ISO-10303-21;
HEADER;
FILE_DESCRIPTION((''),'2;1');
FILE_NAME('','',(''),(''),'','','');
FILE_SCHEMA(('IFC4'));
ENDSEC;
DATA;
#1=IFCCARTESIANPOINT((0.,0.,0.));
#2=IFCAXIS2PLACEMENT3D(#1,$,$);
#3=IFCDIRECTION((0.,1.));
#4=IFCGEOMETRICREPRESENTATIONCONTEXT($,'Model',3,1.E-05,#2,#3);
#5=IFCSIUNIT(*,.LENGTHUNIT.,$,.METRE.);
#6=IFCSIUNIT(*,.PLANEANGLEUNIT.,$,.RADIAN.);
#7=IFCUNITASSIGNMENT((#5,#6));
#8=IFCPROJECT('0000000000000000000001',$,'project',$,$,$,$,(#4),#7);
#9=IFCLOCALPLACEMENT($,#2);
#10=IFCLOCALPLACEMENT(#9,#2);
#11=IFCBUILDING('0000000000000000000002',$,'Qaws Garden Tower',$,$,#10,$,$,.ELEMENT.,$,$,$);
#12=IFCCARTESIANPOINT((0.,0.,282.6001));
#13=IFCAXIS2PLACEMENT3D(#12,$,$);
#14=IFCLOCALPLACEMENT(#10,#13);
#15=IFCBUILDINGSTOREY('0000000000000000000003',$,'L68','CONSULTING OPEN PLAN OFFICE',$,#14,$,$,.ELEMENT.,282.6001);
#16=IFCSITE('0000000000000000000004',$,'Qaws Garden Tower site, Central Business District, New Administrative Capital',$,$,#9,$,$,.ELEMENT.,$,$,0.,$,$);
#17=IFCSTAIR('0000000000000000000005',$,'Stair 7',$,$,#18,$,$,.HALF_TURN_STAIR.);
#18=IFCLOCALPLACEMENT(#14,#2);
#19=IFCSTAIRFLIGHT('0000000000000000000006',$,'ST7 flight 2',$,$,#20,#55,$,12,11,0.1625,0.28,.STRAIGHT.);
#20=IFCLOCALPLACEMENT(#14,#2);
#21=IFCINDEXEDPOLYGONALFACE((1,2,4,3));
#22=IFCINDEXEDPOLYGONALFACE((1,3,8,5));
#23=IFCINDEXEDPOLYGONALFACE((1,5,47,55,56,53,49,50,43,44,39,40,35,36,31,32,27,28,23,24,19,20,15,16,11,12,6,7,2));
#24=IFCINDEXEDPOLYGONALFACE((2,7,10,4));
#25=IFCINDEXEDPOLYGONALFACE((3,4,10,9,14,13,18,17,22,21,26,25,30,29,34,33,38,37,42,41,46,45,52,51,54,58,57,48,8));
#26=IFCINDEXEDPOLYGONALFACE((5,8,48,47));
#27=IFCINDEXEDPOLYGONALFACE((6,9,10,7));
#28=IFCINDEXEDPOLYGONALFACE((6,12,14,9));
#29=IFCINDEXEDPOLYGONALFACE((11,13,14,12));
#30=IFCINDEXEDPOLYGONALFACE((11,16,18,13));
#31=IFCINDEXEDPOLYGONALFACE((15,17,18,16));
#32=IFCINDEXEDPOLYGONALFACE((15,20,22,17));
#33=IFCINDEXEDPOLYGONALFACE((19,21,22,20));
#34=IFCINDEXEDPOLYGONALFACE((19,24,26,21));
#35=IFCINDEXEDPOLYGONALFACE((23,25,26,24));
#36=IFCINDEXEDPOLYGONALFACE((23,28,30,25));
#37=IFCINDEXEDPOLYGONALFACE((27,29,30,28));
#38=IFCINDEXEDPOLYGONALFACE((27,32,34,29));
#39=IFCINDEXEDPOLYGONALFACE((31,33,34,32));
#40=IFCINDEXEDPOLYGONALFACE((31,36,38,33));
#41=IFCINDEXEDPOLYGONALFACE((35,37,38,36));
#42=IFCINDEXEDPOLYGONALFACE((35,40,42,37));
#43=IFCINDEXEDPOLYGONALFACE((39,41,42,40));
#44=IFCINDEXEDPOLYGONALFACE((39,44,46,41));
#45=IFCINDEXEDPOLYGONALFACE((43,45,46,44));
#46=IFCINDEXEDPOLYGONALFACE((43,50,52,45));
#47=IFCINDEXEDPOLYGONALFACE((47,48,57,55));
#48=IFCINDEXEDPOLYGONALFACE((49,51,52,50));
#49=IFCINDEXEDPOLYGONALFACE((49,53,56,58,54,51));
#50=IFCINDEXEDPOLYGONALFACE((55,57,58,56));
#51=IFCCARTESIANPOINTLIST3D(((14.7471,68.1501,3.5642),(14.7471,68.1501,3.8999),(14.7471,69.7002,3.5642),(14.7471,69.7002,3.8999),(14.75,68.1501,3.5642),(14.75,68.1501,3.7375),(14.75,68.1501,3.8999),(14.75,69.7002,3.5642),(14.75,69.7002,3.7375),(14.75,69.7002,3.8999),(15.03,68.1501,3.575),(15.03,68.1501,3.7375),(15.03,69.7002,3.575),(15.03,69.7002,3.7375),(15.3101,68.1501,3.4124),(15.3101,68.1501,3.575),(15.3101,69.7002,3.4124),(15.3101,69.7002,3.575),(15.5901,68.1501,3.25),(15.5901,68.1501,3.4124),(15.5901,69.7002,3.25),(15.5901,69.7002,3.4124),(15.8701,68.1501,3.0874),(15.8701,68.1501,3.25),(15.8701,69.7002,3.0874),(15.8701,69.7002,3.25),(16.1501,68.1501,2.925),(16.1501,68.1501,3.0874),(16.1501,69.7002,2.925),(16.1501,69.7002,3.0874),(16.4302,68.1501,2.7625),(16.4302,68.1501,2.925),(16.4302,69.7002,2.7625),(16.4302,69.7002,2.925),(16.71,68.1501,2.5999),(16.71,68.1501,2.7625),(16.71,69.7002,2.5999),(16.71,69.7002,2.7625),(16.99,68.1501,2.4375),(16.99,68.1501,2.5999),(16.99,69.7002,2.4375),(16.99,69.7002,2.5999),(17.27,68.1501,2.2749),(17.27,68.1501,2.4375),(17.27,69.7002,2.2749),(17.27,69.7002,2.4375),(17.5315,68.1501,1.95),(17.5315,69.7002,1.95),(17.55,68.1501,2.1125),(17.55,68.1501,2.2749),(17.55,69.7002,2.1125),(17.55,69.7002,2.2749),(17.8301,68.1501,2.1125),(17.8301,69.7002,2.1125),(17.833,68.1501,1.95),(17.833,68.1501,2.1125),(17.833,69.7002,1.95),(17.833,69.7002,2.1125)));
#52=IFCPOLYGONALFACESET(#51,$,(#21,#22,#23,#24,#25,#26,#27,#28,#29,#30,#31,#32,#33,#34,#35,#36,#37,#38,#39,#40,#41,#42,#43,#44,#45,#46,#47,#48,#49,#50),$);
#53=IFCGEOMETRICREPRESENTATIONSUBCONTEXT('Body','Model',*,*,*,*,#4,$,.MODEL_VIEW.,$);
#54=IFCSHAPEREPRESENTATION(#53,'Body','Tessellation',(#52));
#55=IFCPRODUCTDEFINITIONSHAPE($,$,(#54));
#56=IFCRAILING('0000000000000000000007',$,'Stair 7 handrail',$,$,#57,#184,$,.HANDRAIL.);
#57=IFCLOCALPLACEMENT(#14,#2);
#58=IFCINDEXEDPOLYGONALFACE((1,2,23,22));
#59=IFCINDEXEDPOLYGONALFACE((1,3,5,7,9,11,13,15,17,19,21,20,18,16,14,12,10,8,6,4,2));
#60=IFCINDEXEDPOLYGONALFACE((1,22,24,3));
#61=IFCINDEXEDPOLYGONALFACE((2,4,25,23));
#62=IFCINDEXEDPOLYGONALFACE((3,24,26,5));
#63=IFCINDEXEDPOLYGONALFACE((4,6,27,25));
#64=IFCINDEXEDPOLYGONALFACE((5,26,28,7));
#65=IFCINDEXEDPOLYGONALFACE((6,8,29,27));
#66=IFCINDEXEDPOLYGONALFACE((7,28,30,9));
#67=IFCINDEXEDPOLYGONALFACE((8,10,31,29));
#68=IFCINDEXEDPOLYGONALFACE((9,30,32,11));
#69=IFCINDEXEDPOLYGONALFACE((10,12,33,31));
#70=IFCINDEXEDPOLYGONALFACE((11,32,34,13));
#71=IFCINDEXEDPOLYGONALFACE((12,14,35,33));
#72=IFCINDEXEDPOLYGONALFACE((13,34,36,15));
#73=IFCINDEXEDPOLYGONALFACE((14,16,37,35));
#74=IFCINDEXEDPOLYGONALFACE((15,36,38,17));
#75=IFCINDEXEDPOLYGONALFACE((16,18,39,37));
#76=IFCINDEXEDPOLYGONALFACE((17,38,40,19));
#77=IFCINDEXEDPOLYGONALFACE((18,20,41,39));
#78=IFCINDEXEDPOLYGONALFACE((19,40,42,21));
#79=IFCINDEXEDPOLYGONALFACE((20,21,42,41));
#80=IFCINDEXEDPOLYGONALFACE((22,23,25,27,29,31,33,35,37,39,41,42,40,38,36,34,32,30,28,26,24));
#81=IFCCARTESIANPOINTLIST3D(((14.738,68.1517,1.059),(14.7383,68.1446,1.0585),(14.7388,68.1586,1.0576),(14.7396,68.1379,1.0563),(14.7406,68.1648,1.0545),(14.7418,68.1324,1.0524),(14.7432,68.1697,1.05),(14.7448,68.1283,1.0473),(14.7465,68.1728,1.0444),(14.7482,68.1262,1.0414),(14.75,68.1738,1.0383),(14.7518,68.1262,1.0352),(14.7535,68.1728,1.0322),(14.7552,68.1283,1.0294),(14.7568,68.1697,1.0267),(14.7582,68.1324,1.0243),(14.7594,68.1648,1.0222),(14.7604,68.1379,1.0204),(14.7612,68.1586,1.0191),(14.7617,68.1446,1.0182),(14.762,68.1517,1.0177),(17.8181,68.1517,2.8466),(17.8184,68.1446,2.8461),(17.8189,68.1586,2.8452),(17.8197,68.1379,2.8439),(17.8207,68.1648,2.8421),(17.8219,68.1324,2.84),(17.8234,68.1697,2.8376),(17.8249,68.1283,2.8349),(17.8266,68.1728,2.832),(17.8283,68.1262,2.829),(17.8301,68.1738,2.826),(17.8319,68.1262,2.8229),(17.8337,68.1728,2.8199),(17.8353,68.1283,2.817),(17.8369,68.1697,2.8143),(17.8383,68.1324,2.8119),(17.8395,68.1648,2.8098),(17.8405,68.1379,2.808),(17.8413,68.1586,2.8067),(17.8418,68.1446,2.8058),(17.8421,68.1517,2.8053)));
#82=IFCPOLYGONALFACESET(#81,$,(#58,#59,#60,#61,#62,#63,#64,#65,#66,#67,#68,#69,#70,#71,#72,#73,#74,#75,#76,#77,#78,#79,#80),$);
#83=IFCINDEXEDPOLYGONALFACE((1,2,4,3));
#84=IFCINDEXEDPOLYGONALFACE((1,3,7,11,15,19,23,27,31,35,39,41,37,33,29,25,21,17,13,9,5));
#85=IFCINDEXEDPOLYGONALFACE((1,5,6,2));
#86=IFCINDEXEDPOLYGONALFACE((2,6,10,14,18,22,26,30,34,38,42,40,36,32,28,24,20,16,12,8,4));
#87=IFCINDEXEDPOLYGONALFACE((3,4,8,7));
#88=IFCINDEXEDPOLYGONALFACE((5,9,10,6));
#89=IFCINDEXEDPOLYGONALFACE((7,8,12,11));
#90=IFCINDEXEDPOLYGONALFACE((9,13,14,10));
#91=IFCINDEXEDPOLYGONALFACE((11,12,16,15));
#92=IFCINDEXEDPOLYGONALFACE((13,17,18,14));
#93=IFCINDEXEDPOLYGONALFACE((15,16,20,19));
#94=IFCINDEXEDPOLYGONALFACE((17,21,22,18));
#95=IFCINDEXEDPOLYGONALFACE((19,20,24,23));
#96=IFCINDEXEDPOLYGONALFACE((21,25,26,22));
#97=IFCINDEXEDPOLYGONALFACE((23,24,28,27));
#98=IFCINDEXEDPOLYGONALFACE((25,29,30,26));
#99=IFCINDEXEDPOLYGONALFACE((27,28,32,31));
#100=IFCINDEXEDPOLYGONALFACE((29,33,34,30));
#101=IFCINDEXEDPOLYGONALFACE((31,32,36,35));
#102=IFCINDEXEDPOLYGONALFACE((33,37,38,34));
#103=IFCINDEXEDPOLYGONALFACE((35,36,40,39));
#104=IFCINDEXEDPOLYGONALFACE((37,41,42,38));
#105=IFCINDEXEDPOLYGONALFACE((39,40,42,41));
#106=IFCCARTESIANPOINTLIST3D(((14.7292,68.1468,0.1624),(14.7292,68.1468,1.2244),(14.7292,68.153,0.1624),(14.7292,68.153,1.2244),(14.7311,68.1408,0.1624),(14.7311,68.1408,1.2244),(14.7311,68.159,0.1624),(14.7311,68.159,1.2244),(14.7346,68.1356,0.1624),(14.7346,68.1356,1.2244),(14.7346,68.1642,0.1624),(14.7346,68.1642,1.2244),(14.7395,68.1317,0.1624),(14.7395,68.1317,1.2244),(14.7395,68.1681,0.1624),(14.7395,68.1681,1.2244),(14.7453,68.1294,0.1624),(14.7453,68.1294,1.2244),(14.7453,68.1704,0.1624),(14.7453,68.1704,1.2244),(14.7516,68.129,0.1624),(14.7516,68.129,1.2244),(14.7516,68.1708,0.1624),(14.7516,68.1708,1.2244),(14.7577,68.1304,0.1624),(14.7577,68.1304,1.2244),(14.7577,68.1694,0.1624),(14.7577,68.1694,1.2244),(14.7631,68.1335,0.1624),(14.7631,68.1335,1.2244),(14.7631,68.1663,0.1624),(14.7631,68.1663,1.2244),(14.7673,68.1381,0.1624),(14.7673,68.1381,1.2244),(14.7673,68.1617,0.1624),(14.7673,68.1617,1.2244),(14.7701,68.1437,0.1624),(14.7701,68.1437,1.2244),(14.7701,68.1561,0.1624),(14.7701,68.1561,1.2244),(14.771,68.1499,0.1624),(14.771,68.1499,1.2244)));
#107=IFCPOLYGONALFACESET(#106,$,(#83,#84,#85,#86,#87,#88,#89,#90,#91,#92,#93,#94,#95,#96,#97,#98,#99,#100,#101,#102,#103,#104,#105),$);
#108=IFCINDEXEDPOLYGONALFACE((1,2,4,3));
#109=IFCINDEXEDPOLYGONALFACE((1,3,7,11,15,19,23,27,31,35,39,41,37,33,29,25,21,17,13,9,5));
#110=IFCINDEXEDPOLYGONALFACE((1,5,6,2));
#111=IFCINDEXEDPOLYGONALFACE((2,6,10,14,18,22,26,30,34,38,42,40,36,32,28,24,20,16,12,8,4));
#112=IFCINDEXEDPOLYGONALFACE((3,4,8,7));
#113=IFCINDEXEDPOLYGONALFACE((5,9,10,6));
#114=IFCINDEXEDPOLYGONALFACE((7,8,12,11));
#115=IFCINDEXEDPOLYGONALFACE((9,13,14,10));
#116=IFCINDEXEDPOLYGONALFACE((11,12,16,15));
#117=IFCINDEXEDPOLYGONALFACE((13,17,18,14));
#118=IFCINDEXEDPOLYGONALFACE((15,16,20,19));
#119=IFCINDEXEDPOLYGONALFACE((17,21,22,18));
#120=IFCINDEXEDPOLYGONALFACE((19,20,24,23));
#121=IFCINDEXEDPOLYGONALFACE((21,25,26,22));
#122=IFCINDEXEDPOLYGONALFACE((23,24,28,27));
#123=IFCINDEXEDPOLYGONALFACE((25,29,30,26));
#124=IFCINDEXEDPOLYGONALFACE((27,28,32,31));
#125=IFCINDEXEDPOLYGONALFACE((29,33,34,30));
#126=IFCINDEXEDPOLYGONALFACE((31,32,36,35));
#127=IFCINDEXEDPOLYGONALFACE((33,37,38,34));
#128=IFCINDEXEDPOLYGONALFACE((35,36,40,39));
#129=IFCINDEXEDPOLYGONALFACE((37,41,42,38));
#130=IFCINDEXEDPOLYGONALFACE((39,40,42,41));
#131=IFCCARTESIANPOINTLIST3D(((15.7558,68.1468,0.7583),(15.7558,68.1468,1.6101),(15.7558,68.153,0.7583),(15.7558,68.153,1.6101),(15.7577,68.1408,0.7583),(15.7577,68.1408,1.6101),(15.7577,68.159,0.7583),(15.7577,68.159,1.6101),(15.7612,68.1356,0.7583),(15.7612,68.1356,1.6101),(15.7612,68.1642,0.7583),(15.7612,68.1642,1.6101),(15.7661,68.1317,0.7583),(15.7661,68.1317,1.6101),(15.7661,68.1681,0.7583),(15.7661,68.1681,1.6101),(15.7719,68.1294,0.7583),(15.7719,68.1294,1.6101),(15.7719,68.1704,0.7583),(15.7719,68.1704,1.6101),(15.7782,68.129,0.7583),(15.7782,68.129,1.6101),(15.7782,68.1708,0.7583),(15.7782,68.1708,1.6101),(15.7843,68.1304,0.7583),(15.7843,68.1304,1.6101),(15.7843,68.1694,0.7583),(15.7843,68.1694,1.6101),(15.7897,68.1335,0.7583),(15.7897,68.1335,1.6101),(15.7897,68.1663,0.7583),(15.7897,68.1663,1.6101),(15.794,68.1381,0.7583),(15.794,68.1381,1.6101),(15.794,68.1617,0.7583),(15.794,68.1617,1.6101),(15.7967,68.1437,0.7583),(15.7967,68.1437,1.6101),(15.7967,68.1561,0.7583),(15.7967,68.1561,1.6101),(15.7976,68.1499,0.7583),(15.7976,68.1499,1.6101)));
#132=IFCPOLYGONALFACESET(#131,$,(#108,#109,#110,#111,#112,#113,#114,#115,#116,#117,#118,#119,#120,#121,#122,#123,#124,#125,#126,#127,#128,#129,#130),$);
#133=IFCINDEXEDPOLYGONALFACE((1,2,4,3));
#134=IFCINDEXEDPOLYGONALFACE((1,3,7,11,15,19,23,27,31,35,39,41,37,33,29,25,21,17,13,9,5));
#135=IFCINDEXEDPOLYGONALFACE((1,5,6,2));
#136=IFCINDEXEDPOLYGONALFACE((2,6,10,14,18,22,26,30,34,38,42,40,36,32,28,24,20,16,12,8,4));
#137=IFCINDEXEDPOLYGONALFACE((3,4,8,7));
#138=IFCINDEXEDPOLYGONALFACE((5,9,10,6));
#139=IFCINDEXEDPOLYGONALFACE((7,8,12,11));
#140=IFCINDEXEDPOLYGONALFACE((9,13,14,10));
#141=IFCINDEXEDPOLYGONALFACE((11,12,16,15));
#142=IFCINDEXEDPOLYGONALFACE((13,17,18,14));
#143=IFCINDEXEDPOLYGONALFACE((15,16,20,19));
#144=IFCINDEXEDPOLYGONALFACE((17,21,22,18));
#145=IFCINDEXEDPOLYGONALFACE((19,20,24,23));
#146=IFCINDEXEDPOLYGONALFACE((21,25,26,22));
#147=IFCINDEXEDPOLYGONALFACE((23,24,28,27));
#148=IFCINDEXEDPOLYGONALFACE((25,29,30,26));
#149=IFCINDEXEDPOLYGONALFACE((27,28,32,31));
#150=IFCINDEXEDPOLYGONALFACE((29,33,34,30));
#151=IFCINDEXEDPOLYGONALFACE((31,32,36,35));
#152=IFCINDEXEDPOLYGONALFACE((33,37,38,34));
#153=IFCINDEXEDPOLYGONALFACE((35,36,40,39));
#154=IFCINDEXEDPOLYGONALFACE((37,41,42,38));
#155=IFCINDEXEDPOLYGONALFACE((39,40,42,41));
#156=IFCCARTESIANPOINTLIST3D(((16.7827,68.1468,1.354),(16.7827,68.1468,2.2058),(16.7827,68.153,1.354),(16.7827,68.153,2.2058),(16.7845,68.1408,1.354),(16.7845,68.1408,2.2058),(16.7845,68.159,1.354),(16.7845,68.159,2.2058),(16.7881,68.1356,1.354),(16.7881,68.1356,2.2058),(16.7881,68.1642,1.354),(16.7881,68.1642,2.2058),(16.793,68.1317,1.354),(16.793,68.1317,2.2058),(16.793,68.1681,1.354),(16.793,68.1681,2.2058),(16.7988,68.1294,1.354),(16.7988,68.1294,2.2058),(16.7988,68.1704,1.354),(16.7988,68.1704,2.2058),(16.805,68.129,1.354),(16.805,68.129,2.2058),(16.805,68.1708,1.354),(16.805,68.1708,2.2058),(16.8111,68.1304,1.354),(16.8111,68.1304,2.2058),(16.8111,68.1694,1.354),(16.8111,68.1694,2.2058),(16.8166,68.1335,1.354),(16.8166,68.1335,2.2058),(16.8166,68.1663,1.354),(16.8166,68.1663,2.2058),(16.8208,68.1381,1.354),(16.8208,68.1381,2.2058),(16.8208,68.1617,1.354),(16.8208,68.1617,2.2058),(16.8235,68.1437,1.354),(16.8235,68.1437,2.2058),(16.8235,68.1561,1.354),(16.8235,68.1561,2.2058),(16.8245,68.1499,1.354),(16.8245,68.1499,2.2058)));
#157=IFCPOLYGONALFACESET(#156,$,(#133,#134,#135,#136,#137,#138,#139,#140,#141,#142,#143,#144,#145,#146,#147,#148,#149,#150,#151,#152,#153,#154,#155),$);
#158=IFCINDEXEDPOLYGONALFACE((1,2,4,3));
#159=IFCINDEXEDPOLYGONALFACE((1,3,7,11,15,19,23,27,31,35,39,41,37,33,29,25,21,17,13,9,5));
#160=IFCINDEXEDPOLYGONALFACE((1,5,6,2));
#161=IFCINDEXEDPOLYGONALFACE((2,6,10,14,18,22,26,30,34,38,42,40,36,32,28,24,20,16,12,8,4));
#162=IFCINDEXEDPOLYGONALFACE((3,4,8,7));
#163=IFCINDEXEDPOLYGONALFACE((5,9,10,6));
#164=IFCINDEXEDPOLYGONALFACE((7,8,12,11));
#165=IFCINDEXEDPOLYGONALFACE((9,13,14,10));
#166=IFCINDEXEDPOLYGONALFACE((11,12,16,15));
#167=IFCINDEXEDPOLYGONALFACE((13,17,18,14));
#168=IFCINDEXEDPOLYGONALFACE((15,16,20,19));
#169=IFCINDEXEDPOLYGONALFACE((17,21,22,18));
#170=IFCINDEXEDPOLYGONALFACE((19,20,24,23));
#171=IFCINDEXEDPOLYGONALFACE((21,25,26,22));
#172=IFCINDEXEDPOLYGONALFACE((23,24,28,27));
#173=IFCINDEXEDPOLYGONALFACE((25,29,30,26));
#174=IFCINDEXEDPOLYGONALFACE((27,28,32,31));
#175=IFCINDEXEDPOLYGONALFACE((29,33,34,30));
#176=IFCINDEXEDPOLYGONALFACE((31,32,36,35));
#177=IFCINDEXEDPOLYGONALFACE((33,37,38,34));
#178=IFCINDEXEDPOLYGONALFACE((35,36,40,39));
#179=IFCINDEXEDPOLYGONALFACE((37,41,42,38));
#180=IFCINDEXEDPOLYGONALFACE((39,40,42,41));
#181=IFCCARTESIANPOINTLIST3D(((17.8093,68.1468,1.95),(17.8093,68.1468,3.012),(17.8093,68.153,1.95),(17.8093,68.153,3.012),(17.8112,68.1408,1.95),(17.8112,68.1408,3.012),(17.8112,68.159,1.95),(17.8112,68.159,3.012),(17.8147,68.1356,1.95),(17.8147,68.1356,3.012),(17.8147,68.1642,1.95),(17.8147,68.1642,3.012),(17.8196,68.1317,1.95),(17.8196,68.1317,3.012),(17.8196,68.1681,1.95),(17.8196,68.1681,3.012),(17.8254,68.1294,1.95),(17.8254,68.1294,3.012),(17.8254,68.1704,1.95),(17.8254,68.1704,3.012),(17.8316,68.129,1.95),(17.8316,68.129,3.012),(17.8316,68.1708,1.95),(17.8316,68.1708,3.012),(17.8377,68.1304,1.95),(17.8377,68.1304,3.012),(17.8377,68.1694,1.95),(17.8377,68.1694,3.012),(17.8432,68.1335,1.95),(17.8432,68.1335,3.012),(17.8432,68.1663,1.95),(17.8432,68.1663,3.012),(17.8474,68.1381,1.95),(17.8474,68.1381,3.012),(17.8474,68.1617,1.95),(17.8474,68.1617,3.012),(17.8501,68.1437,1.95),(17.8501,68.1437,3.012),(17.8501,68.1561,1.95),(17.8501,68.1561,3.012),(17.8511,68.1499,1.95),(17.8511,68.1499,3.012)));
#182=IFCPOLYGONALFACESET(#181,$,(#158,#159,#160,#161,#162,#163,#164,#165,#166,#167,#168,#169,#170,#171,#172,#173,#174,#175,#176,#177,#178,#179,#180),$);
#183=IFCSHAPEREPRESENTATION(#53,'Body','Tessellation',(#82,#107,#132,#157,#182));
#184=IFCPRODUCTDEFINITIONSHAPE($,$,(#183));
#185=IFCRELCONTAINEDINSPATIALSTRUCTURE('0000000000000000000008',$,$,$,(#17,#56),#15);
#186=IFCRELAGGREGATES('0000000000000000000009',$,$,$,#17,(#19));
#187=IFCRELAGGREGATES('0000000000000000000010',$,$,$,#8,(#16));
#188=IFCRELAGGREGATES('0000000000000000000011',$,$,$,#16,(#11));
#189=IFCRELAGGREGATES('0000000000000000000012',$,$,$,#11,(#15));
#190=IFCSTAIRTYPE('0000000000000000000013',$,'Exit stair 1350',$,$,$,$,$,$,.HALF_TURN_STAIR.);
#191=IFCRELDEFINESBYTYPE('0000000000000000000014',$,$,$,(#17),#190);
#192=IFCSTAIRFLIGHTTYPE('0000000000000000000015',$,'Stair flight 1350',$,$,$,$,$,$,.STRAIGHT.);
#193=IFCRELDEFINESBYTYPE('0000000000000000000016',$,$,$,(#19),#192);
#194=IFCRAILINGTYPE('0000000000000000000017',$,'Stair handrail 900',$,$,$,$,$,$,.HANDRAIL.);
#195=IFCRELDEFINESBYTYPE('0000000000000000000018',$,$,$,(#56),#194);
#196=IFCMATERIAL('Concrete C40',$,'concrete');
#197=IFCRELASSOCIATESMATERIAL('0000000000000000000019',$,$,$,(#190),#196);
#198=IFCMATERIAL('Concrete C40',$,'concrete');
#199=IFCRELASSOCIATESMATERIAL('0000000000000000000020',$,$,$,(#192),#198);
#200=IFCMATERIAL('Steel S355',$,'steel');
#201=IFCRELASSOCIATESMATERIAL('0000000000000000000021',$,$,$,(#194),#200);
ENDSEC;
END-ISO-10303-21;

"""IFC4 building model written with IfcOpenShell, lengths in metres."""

from ifc_helpers import new_model, si_unit, direction, frame, origin, origin_2d, place, context, subcontext, project, spatial, polyline, circle, outline, extrude, material, type_object, element, aggregate, save


model = new_model("IFC4")

# Units and contexts
model_context = context("Model", 3, precision=1e-05, world=origin(), true_north=direction((0.0, 1.0)))
body_context = subcontext(model_context, "Body", "Model", "MODEL_VIEW")
ifc_project = project(units=[si_unit("LENGTHUNIT", "METRE"), si_unit("PLANEANGLEUNIT", "RADIAN")], contexts=[model_context])

# Site, building, storey
site_placement = place(None, origin())
site = spatial("IfcSite", under=ifc_project, at=site_placement, Name="Qaws Garden Tower site, Central Business District, New Administrative Capital", CompositionType="ELEMENT", RefElevation=0.0)
building_placement = place(site_placement, origin())
building = spatial("IfcBuilding", under=site, at=building_placement, Name="Qaws Garden Tower", CompositionType="ELEMENT")
storey_placement = place(building_placement, frame((0.0, 0.0, 282.6001)))
storey = spatial("IfcBuildingStorey", under=building, at=storey_placement, Name="L68", Description="CONSULTING OPEN PLAN OFFICE", CompositionType="ELEMENT", Elevation=282.6001)

# Stair, stair flight
ifc_material_1 = material(Name="Concrete C40", Category="concrete")
stair_type = type_object("IfcStairType", Name="Exit stair 1350", PredefinedType="HALF_TURN_STAIR", material=ifc_material_1)
stair_placement = place(storey_placement, origin())
stair = element("IfcStair", 1, at=stair_placement, inside=storey, type_object=stair_type, Name="Stair 7", PredefinedType="HALF_TURN_STAIR")
ifc_material_2 = material(Name="Concrete C40", Category="concrete")
stair_flight_type = type_object("IfcStairFlightType", Name="Stair flight 1350", PredefinedType="STRAIGHT", material=ifc_material_2)
stair_flight_1_placement = place(storey_placement, frame((17.8301, 68.925, 1.95), z_axis=(0.0, 0.0, 1.0), x_axis=(-1.0, 0.0, 0.0)))
stair_flight_1 = element("IfcStairFlight", 2, at=stair_flight_1_placement, type_object=stair_flight_type, Name="ST7 flight 2", NumberOfRisers=12, NumberOfTreads=11, PredefinedType="STRAIGHT", RiserHeight=0.1625, TreadLength=0.28, context=body_context, shape_type="SweptSolid", body=[
    extrude(outline(polyline([(-0.0029, 0.0), (-0.0029, 0.1626), (0.0, 0.1626), (0.28, 0.1626), (0.28, 0.325), (0.5601, 0.325), (0.5601, 0.4875), (0.8401, 0.4875), (0.8401, 0.6499), (1.1201, 0.6499), (1.1201, 0.8125), (1.3999, 0.8125), (1.3999, 0.9751), (1.6799, 0.9751), (1.6799, 1.1375), (1.96, 1.1375), (1.96, 1.3), (2.24, 1.3), (2.24, 1.4624), (2.52, 1.4624), (2.52, 1.625), (2.8, 1.625), (2.8, 1.7876), (3.0801, 1.7876), (3.0801, 1.95), (3.083, 1.95), (3.083, 1.6143), (3.0801, 1.6143), (0.2986, 0.0), (-0.0029, 0.0)])), frame((0.0, 0.7749, 0.0), z_axis=(0.0, -1.0, 0.0), x_axis=(1.0, 0.0, 0.0)), (0.0, 0.0, 1.0), 1.55),
])
aggregate(stair, [stair_flight_1])

# Railing
ifc_material_3 = material(Name="Steel S355", Category="steel")
railing_type = type_object("IfcRailingType", Name="Stair handrail 900", PredefinedType="HANDRAIL", material=ifc_material_3)
railing_1_placement = place(storey_placement, frame((14.75, 68.1499, 0.1624)))
element("IfcRailing", 3, at=railing_1_placement, inside=storey, type_object=railing_type, Name="Stair 7 handrail", PredefinedType="HANDRAIL", context=body_context, shape_type="SweptSolid", body=[
    extrude(circle(Radius=0.0239, at=origin_2d()), frame((0.0, 0.0, 0.876), z_axis=(0.864891, 0.0, 0.50196), x_axis=(0.0, 1.0, 0.0)), (0.0, 0.0, 1.0), 3.5613),
    extrude(circle(Radius=0.021, at=origin_2d()), origin(), (0.0, 0.0, 1.0), 1.062),
    extrude(circle(Radius=0.021, at=origin_2d()), frame((1.0266, 0.0, 0.5959)), (0.0, 0.0, 1.0), 0.8518),
    extrude(circle(Radius=0.021, at=origin_2d()), frame((2.0535, 0.0, 1.1917)), (0.0, 0.0, 1.0), 0.8518),
    extrude(circle(Radius=0.021, at=origin_2d()), frame((3.0801, 0.0, 1.7876)), (0.0, 0.0, 1.0), 1.062),
])

save(model, "model.ifc")
